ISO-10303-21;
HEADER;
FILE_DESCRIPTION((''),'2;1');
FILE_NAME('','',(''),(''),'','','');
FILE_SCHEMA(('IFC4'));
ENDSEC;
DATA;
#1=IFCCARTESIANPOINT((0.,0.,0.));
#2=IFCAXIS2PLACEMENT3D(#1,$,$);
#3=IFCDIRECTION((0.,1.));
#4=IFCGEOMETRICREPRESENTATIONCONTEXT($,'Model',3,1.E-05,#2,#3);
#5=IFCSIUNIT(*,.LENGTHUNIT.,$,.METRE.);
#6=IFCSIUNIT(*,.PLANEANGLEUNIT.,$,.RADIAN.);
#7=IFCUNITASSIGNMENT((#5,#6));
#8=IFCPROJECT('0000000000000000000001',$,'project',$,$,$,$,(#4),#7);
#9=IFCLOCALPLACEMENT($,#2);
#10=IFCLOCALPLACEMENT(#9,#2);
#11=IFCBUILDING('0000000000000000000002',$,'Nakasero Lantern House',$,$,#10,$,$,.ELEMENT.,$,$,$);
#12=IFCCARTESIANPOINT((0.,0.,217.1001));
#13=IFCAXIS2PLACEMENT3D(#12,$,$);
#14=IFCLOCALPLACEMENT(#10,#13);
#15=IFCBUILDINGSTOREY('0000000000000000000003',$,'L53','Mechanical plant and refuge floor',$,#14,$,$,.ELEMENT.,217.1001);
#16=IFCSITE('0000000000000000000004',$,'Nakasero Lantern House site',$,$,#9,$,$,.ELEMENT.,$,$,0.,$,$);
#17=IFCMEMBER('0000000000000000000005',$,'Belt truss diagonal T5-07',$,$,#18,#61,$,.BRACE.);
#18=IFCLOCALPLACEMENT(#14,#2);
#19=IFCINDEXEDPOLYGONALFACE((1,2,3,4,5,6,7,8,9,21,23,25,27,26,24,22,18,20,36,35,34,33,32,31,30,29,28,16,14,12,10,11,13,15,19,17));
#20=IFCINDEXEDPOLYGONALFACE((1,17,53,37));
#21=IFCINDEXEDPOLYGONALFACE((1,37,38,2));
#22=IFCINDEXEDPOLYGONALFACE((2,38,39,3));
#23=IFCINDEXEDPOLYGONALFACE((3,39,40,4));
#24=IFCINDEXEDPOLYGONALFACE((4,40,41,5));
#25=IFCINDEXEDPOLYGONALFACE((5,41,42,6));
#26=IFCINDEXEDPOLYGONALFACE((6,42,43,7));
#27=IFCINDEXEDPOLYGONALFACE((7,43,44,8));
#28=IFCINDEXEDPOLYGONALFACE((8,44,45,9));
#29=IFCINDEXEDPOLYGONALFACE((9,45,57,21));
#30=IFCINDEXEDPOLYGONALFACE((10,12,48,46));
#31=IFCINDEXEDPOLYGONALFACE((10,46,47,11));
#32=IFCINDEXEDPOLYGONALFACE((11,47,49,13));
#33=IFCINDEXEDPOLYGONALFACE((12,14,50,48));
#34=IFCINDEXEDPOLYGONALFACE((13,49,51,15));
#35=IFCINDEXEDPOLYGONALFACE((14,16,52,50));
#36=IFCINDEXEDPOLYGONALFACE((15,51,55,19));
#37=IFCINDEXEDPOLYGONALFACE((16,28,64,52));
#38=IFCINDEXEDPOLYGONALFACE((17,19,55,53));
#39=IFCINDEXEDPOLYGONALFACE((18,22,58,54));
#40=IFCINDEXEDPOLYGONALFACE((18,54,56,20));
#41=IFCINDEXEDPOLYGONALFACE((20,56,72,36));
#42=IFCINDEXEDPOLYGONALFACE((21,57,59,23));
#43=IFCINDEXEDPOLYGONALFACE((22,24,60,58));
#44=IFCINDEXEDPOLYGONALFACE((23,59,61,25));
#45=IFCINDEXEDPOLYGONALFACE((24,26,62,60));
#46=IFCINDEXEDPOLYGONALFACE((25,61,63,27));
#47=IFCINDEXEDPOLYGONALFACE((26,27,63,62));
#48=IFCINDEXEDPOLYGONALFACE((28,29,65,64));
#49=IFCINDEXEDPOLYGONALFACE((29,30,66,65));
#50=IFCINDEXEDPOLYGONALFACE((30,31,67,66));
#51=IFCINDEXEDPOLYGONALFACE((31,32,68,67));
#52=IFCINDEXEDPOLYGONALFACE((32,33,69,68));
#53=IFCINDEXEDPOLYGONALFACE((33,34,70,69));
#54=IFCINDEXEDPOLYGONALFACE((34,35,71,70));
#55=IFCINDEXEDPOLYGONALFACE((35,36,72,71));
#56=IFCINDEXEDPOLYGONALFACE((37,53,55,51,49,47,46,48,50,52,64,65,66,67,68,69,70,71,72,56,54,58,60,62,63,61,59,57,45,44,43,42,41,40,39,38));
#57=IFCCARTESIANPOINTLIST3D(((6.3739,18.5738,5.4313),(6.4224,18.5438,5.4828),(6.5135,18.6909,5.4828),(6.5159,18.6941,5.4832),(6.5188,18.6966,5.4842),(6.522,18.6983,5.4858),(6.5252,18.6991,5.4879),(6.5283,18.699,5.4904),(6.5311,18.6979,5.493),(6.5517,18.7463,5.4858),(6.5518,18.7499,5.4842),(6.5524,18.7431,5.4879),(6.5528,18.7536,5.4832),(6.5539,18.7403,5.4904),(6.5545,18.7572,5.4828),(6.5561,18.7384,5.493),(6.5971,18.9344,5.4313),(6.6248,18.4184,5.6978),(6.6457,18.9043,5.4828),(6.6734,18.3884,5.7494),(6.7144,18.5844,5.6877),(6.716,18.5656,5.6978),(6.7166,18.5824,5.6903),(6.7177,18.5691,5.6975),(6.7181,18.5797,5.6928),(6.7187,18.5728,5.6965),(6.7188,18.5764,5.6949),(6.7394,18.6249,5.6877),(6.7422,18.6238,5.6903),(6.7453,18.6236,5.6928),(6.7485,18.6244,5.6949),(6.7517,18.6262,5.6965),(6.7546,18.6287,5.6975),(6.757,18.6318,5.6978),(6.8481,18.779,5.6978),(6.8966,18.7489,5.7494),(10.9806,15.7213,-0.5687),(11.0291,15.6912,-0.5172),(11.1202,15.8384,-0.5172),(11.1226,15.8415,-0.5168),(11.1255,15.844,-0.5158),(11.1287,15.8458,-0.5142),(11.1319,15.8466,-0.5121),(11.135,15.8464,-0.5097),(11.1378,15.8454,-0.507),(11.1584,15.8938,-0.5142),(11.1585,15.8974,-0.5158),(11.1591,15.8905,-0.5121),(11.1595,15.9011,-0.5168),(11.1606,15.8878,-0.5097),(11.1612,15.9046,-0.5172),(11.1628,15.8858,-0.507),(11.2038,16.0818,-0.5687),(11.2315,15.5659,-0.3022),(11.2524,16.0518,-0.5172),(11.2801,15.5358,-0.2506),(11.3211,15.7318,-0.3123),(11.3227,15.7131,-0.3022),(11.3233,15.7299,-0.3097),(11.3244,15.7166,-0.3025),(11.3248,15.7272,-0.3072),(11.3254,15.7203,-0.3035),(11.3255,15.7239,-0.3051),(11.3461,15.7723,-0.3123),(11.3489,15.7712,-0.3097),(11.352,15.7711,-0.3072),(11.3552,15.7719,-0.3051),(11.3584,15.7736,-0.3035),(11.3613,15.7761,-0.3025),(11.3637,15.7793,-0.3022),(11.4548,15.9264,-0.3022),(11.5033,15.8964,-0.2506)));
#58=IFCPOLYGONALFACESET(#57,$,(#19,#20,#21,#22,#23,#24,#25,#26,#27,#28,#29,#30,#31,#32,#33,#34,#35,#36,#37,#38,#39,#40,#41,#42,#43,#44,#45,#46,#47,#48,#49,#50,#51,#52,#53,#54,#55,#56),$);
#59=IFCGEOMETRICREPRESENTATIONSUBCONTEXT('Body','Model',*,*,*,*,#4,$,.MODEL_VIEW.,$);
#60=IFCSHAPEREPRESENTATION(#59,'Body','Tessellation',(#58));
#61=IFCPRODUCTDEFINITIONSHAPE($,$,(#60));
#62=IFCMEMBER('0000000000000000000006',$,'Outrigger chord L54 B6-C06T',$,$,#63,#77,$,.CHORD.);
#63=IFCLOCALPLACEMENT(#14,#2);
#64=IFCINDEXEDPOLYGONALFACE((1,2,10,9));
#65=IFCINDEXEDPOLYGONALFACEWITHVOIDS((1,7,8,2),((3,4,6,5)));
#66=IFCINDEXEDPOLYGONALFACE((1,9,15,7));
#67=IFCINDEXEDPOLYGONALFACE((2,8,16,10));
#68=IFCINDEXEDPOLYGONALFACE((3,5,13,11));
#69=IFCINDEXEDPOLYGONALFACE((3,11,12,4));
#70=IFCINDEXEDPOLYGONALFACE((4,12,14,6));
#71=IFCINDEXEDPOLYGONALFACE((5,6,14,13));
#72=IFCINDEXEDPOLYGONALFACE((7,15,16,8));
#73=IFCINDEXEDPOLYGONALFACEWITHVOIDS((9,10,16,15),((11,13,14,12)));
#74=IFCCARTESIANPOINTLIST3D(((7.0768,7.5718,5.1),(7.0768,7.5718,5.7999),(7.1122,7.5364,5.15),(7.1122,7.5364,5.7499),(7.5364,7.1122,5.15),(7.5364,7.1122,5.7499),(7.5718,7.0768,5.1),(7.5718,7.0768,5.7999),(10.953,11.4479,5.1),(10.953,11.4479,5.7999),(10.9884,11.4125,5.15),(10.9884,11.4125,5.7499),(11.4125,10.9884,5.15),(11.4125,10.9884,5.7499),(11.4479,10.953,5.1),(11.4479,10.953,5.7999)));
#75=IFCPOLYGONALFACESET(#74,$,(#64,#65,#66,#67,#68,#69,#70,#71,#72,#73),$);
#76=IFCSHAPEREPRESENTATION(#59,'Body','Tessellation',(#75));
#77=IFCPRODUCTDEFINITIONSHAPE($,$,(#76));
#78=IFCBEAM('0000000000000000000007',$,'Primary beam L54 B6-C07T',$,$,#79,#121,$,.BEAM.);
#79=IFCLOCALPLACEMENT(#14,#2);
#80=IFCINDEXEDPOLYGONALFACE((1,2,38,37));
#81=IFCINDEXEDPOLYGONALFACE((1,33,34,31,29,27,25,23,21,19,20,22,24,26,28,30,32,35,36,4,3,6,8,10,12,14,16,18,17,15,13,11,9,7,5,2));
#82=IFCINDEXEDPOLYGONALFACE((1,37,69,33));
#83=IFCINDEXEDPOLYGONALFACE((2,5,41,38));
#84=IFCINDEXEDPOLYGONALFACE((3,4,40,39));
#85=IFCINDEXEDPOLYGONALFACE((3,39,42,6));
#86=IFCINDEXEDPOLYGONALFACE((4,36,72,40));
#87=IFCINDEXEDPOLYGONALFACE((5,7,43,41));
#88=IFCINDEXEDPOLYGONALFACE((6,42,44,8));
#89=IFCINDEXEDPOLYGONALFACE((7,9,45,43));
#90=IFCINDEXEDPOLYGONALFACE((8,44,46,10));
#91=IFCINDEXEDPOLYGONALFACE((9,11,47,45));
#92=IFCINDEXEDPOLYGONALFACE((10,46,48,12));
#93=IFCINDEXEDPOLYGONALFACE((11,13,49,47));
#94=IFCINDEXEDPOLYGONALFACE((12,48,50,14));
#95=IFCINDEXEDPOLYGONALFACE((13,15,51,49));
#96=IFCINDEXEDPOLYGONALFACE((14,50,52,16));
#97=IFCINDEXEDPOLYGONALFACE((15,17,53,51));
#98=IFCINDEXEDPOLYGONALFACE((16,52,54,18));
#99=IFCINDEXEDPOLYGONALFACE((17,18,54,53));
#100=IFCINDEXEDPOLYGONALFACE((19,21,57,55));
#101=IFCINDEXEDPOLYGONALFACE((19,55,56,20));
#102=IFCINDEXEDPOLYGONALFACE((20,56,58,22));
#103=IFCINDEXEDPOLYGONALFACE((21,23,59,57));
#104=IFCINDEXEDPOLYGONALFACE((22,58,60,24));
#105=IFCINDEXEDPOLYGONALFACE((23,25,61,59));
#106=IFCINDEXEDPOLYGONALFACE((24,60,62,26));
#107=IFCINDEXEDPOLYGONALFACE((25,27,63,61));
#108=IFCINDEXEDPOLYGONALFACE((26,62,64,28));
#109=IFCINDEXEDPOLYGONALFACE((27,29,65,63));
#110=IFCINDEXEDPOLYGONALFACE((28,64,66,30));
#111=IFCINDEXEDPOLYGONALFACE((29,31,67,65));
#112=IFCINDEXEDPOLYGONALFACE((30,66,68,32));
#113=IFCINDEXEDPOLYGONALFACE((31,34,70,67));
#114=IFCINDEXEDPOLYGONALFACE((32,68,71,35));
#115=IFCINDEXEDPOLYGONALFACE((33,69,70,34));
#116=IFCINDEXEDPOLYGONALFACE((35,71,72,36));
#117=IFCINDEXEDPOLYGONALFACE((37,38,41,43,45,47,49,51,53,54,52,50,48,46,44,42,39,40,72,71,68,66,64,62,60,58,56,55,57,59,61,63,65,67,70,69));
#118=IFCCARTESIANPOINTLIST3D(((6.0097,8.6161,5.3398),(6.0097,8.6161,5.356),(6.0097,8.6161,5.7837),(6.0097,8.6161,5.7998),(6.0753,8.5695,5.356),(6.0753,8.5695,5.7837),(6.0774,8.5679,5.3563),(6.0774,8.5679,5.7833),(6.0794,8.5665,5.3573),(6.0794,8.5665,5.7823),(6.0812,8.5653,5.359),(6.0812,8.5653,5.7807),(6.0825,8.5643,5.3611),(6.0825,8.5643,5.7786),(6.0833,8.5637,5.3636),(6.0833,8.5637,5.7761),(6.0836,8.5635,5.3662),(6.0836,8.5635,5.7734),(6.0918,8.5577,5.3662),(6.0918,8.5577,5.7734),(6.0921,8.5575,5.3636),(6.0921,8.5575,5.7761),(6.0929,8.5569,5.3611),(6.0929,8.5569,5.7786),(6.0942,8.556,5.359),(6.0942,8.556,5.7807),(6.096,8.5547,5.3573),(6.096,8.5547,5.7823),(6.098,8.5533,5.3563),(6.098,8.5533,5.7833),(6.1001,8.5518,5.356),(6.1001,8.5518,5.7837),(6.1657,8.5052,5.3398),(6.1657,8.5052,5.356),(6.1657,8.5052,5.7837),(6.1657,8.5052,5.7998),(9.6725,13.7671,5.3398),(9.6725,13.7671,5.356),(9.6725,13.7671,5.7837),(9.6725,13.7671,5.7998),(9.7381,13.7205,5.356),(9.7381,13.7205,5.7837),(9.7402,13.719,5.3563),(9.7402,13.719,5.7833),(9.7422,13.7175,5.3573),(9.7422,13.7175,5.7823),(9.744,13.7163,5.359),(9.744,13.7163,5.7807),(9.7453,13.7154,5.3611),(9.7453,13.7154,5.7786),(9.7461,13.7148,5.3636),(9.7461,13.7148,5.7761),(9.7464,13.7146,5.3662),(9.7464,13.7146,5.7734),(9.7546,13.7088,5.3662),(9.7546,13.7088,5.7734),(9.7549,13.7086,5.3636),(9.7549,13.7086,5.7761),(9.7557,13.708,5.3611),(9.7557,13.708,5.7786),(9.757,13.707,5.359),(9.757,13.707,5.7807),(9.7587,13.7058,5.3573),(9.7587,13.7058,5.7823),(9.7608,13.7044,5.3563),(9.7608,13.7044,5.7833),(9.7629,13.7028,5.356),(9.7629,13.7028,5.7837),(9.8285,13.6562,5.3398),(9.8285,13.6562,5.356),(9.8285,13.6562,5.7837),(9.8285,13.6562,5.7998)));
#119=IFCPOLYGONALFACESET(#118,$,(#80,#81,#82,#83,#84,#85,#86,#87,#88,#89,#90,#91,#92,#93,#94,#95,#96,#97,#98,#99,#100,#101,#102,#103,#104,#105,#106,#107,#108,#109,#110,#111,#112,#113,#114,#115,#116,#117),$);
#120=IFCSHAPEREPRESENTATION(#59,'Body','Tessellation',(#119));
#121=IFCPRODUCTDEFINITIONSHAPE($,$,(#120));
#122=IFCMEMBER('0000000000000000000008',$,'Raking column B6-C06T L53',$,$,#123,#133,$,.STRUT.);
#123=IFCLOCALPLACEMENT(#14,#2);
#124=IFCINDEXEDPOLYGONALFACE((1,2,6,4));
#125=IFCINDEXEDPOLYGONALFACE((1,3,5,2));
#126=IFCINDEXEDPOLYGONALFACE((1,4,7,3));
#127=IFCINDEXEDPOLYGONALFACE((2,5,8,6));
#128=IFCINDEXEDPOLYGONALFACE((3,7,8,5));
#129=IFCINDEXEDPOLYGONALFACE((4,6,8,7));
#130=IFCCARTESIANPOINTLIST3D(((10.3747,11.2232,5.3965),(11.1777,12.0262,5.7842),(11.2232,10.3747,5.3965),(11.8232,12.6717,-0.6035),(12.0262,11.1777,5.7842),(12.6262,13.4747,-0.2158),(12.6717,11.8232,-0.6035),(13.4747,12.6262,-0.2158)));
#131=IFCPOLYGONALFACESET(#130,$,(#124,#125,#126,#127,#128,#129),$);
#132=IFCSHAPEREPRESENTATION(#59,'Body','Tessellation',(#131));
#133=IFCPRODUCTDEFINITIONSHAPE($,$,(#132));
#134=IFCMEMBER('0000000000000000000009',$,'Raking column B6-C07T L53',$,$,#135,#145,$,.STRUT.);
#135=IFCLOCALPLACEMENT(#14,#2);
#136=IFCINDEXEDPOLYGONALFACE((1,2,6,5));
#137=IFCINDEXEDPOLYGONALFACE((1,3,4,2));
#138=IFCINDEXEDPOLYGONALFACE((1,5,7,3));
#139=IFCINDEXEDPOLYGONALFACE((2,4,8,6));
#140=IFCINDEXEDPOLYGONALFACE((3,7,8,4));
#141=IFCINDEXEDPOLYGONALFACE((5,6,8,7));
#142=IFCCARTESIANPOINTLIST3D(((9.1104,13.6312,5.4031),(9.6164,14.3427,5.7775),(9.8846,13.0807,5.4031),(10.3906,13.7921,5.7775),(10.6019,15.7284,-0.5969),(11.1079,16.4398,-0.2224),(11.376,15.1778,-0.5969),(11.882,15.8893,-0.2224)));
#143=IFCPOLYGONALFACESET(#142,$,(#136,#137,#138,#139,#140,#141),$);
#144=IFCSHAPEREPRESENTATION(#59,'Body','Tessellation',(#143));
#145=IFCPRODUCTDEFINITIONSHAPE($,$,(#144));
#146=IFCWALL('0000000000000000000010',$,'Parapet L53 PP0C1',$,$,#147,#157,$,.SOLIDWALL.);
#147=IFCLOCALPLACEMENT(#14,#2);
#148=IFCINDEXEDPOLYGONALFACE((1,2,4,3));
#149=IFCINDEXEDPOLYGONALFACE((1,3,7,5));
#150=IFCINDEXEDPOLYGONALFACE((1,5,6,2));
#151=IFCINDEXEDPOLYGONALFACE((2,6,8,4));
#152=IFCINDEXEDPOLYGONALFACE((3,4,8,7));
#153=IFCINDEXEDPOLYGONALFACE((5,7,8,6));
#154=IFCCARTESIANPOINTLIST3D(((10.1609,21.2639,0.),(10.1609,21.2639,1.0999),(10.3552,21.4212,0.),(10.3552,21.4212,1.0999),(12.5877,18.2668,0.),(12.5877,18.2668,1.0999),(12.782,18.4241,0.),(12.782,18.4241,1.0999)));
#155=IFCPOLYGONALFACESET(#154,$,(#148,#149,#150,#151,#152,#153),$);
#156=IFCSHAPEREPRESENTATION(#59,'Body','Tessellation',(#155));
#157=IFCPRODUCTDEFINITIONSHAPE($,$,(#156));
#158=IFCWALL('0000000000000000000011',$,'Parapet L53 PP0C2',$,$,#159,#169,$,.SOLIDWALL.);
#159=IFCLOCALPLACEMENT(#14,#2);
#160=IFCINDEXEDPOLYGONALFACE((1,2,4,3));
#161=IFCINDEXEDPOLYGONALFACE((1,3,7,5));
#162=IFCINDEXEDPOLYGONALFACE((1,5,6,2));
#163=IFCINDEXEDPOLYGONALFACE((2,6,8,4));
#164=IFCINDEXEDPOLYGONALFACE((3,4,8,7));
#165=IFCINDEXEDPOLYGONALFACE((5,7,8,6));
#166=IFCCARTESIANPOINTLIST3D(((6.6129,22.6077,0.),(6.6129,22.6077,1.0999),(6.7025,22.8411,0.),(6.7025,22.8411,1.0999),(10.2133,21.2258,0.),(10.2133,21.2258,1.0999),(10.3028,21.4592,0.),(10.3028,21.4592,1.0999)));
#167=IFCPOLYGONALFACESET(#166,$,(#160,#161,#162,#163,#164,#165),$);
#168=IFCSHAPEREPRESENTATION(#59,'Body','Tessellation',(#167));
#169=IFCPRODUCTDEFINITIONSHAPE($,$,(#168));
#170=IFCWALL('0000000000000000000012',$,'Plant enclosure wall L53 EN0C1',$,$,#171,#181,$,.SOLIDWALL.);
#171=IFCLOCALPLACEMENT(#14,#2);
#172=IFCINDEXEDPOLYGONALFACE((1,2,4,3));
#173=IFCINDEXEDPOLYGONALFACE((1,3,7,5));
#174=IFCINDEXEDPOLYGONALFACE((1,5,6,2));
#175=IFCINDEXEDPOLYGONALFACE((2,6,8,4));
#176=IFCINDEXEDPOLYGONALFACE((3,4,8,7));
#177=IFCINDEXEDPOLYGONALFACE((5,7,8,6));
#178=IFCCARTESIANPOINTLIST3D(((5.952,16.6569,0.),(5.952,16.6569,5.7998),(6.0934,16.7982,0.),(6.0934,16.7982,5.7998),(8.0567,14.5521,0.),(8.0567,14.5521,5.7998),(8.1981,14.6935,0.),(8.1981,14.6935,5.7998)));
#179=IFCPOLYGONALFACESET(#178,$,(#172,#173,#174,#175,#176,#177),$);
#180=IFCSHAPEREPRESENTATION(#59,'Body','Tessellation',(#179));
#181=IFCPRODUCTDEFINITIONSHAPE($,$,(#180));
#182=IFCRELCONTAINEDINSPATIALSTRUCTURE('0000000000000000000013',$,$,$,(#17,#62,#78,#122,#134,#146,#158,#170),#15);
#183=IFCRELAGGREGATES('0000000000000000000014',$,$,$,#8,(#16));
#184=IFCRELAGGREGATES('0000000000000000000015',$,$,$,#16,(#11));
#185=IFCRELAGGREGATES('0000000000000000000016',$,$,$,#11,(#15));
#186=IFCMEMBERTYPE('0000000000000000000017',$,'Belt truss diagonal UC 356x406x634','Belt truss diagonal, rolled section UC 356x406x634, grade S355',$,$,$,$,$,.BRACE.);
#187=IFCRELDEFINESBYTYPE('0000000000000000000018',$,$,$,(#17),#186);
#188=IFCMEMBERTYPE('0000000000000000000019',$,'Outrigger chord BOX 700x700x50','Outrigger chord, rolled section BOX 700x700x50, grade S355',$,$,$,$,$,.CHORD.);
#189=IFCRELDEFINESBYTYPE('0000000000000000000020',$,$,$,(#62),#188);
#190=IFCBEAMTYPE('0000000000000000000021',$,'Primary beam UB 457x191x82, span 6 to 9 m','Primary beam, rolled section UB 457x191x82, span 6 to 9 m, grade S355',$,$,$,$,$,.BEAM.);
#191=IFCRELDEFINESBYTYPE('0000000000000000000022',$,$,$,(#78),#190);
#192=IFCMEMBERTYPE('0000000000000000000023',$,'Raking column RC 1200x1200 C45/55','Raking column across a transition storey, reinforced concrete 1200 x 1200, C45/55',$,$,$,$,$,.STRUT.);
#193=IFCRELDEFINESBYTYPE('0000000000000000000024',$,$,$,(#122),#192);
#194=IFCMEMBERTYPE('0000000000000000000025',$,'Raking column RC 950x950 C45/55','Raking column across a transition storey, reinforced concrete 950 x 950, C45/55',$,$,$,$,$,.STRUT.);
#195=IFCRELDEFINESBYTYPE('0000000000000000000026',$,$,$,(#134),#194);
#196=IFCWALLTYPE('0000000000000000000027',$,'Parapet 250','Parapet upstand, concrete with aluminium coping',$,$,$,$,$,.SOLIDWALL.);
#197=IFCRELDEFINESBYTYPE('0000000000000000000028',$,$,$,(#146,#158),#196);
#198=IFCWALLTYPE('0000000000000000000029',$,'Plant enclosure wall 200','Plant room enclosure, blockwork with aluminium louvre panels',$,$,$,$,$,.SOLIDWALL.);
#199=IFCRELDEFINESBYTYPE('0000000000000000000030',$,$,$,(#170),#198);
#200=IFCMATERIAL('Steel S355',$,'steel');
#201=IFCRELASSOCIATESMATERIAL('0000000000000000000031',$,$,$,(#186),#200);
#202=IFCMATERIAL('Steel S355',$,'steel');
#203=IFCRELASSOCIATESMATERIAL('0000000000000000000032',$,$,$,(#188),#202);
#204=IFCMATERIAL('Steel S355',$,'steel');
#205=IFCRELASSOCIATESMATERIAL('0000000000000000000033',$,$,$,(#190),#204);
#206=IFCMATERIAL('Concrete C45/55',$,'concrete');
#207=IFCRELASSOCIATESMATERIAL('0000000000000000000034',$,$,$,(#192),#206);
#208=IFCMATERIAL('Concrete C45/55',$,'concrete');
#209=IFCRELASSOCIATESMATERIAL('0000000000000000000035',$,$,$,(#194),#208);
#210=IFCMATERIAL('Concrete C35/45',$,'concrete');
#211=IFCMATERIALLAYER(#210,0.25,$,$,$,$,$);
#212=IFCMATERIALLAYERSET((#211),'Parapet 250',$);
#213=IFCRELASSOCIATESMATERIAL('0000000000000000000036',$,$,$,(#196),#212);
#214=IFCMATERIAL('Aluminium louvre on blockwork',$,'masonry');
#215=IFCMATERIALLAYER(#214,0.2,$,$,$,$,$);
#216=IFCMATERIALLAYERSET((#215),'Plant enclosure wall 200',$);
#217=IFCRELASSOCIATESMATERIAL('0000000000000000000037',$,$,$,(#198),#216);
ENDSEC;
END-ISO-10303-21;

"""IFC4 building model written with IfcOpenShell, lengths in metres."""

from ifc_helpers import new_model, si_unit, direction, frame, frame_2d, origin, origin_2d, place, context, subcontext, project, spatial, rectangle, hollow_rectangle, i_section, extrude, material, layer, layer_set, material_profile, profile_set, type_object, element, save


model = new_model("IFC4")

# Units and contexts
model_context = context("Model", 3, precision=1e-05, world=origin(), true_north=direction((0.0, 1.0)))
body_context = subcontext(model_context, "Body", "Model", "MODEL_VIEW")
ifc_project = project(units=[si_unit("LENGTHUNIT", "METRE"), si_unit("PLANEANGLEUNIT", "RADIAN")], contexts=[model_context])

# Site, building, storey
site_placement = place(None, origin())
site = spatial("IfcSite", under=ifc_project, at=site_placement, Name="Nakasero Lantern House site", CompositionType="ELEMENT", RefElevation=0.0)
building_placement = place(site_placement, origin())
building = spatial("IfcBuilding", under=site, at=building_placement, Name="Nakasero Lantern House", CompositionType="ELEMENT")
storey_placement = place(building_placement, frame((0.0, 0.0, 217.1001)))
storey = spatial("IfcBuildingStorey", under=building, at=storey_placement, Name="L53", Description="Mechanical plant and refuge floor", CompositionType="ELEMENT", Elevation=217.1001)

# Members
ifc_material_1 = material(Name="Steel S355", Category="steel")
ifc_material_profile_1 = material_profile(ifc_material_1, i_section(OverallWidth=0.4241, OverallDepth=0.4746, WebThickness=0.0476, FlangeThickness=0.0769, FilletRadius=0.0151, at=origin_2d()), Name="UC 356x406x634")
ifc_profile_set_1 = profile_set([ifc_material_profile_1], Name="Steel S355")
member_type_1 = type_object("IfcMemberType", Name="Belt truss diagonal UC 356x406x634", Description="Belt truss diagonal, rolled section UC 356x406x634, grade S355", PredefinedType="BRACE", material=ifc_profile_set_1)
member_1_placement = place(storey_placement, frame((11.2419, 15.8088, -0.4097), z_axis=(-0.56982, 0.352842, 0.742164), x_axis=(-0.526459, -0.850201, 0.0)))
element("IfcMember", 1, at=member_1_placement, inside=storey, type_object=member_type_1, Name="Belt truss diagonal T5-07", PredefinedType="BRACE", context=body_context, shape_type="SweptSolid", body=[
    extrude(i_section(OverallWidth=0.4241, OverallDepth=0.4746, WebThickness=0.0476, FlangeThickness=0.0769, FilletRadius=0.0151, at=origin_2d()), origin(), (0.0, 0.0, 1.0), 8.0845),
])
ifc_material_2 = material(Name="Steel S355", Category="steel")
ifc_material_profile_2 = material_profile(ifc_material_2, hollow_rectangle(XDim=0.7, YDim=0.7, WallThickness=0.05, at=origin_2d()), Name="BOX 700x700x50")
ifc_profile_set_2 = profile_set([ifc_material_profile_2], Name="Steel S355")
member_type_2 = type_object("IfcMemberType", Name="Outrigger chord BOX 700x700x50", Description="Outrigger chord, rolled section BOX 700x700x50, grade S355", PredefinedType="CHORD", material=ifc_profile_set_2)
member_2_placement = place(storey_placement, frame((11.2004, 11.2004, 5.45), z_axis=(-0.707107, -0.707107, 0.0), x_axis=(0.707107, -0.707107, 0.0)))
element("IfcMember", 2, at=member_2_placement, inside=storey, type_object=member_type_2, Name="Outrigger chord L54 B6-C06T", PredefinedType="CHORD", context=body_context, shape_type="SweptSolid", body=[
    extrude(hollow_rectangle(XDim=0.7, YDim=0.7, WallThickness=0.05, at=origin_2d()), origin(), (0.0, 0.0, 1.0), 5.4817),
])

# Beam
ifc_material_3 = material(Name="Steel S355", Category="steel")
ifc_material_profile_3 = material_profile(ifc_material_3, i_section(OverallWidth=0.1914, OverallDepth=0.46, WebThickness=0.01, FlangeThickness=0.0161, FilletRadius=0.0103, at=origin_2d()), Name="UB 457x191x82")
ifc_profile_set_3 = profile_set([ifc_material_profile_3], Name="Steel S355")
beam_type = type_object("IfcBeamType", Name="Primary beam UB 457x191x82, span 6 to 9 m", Description="Primary beam, rolled section UB 457x191x82, span 6 to 9 m, grade S355", PredefinedType="BEAM", material=ifc_profile_set_3)
beam_placement = place(storey_placement, frame((9.7505, 13.7117, 5.5698), z_axis=(-0.579505, -0.814969, 0.0), x_axis=(0.814969, -0.579505, 0.0)))
element("IfcBeam", 3, at=beam_placement, inside=storey, type_object=beam_type, Name="Primary beam L54 B6-C07T", PredefinedType="BEAM", context=body_context, shape_type="SweptSolid", body=[
    extrude(i_section(OverallWidth=0.1914, OverallDepth=0.46, WebThickness=0.01, FlangeThickness=0.0161, FilletRadius=0.0103, at=origin_2d()), origin(), (0.0, 0.0, 1.0), 6.3206),
])

# Members
ifc_material_4 = material(Name="Concrete C45/55", Category="concrete")
ifc_material_profile_4 = material_profile(ifc_material_4, rectangle(XDim=1.2, YDim=1.2, at=origin_2d()), Name="RC 1200x1200")
ifc_profile_set_4 = profile_set([ifc_material_profile_4], Name="Concrete C45/55")
member_type_3 = type_object("IfcMemberType", Name="Raking column RC 1200x1200 C45/55", Description="Raking column across a transition storey, reinforced concrete 1200 x 1200, C45/55", PredefinedType="STRUT", material=ifc_profile_set_4)
member_3_placement = place(storey_placement, frame((12.6489, 12.6489, -0.4097), z_axis=(-0.228466, -0.228466, 0.946365), x_axis=(0.707107, -0.707107, 0.0)))
element("IfcMember", 4, at=member_3_placement, inside=storey, type_object=member_type_3, Name="Raking column B6-C06T L53", PredefinedType="STRUT", context=body_context, shape_type="SweptSolid", body=[
    extrude(rectangle(XDim=1.2, YDim=1.2, at=origin_2d()), origin(), (0.0, 0.0, 1.0), 6.3401),
])
ifc_material_5 = material(Name="Concrete C45/55", Category="concrete")
ifc_material_profile_5 = material_profile(ifc_material_5, rectangle(XDim=0.95, YDim=0.95, at=origin_2d()), Name="RC 950x950")
ifc_profile_set_5 = profile_set([ifc_material_profile_5], Name="Concrete C45/55")
member_type_4 = type_object("IfcMemberType", Name="Raking column RC 950x950 C45/55", Description="Raking column across a transition storey, reinforced concrete 950 x 950, C45/55", PredefinedType="STRUT", material=ifc_profile_set_5)
member_4_placement = place(storey_placement, frame((11.2419, 15.8088, -0.4097), z_axis=(-0.22845, -0.321228, 0.919034), x_axis=(0.81493, -0.579559, 0.0)))
element("IfcMember", 5, at=member_4_placement, inside=storey, type_object=member_type_4, Name="Raking column B6-C07T L53", PredefinedType="STRUT", context=body_context, shape_type="SweptSolid", body=[
    extrude(rectangle(XDim=0.95, YDim=0.95, at=origin_2d()), origin(), (0.0, 0.0, 1.0), 6.5286),
])

# Walls
ifc_material_6 = material(Name="Concrete C35/45", Category="concrete")
ifc_layer_1 = layer(ifc_material_6, 0.25)
ifc_layer_set_1 = layer_set([ifc_layer_1], Name="Parapet 250")
wall_type_1 = type_object("IfcWallType", Name="Parapet 250", Description="Parapet upstand, concrete with aluminium coping", PredefinedType="SOLIDWALL", material=ifc_layer_set_1)
for number, where, z_axis, x_axis, name in (
    (6, (12.6848, 18.3455, 0.0), (0.0, 0.0, 1.0), (-0.629286, 0.777174, 0.0), "Parapet L53 PP0C1"),
    (7, (10.2581, 21.3425, 0.0), (0.0, 0.0, 1.0), (-0.933598, 0.358321, 0.0), "Parapet L53 PP0C2"),
):
    element("IfcWall", number, at=place(storey_placement, frame(where, z_axis=z_axis, x_axis=x_axis)), inside=storey, type_object=wall_type_1, Name=name, PredefinedType="SOLIDWALL", context=body_context, shape_type="SweptSolid", body=[
        extrude(rectangle(XDim=3.8564, YDim=0.25, at=frame_2d((1.9282, 0.0))), origin(), (0.0, 0.0, 1.0), 1.0999),
    ])
ifc_material_7 = material(Name="Aluminium louvre on blockwork", Category="masonry")
ifc_layer_2 = layer(ifc_material_7, 0.2)
ifc_layer_set_2 = layer_set([ifc_layer_2], Name="Plant enclosure wall 200")
wall_type_2 = type_object("IfcWallType", Name="Plant enclosure wall 200", Description="Plant room enclosure, blockwork with aluminium louvre panels", PredefinedType="SOLIDWALL", material=ifc_layer_set_2)
wall_placement = place(storey_placement, frame((8.1274, 14.6228, 0.0), z_axis=(0.0, 0.0, 1.0), x_axis=(-0.707107, 0.707107, 0.0)))
element("IfcWall", 8, at=wall_placement, inside=storey, type_object=wall_type_2, Name="Plant enclosure wall L53 EN0C1", PredefinedType="SOLIDWALL", context=body_context, shape_type="SweptSolid", body=[
    extrude(rectangle(XDim=2.9766, YDim=0.2, at=frame_2d((1.4883, 0.0))), origin(), (0.0, 0.0, 1.0), 5.7998),
])

save(model, "model.ifc")
